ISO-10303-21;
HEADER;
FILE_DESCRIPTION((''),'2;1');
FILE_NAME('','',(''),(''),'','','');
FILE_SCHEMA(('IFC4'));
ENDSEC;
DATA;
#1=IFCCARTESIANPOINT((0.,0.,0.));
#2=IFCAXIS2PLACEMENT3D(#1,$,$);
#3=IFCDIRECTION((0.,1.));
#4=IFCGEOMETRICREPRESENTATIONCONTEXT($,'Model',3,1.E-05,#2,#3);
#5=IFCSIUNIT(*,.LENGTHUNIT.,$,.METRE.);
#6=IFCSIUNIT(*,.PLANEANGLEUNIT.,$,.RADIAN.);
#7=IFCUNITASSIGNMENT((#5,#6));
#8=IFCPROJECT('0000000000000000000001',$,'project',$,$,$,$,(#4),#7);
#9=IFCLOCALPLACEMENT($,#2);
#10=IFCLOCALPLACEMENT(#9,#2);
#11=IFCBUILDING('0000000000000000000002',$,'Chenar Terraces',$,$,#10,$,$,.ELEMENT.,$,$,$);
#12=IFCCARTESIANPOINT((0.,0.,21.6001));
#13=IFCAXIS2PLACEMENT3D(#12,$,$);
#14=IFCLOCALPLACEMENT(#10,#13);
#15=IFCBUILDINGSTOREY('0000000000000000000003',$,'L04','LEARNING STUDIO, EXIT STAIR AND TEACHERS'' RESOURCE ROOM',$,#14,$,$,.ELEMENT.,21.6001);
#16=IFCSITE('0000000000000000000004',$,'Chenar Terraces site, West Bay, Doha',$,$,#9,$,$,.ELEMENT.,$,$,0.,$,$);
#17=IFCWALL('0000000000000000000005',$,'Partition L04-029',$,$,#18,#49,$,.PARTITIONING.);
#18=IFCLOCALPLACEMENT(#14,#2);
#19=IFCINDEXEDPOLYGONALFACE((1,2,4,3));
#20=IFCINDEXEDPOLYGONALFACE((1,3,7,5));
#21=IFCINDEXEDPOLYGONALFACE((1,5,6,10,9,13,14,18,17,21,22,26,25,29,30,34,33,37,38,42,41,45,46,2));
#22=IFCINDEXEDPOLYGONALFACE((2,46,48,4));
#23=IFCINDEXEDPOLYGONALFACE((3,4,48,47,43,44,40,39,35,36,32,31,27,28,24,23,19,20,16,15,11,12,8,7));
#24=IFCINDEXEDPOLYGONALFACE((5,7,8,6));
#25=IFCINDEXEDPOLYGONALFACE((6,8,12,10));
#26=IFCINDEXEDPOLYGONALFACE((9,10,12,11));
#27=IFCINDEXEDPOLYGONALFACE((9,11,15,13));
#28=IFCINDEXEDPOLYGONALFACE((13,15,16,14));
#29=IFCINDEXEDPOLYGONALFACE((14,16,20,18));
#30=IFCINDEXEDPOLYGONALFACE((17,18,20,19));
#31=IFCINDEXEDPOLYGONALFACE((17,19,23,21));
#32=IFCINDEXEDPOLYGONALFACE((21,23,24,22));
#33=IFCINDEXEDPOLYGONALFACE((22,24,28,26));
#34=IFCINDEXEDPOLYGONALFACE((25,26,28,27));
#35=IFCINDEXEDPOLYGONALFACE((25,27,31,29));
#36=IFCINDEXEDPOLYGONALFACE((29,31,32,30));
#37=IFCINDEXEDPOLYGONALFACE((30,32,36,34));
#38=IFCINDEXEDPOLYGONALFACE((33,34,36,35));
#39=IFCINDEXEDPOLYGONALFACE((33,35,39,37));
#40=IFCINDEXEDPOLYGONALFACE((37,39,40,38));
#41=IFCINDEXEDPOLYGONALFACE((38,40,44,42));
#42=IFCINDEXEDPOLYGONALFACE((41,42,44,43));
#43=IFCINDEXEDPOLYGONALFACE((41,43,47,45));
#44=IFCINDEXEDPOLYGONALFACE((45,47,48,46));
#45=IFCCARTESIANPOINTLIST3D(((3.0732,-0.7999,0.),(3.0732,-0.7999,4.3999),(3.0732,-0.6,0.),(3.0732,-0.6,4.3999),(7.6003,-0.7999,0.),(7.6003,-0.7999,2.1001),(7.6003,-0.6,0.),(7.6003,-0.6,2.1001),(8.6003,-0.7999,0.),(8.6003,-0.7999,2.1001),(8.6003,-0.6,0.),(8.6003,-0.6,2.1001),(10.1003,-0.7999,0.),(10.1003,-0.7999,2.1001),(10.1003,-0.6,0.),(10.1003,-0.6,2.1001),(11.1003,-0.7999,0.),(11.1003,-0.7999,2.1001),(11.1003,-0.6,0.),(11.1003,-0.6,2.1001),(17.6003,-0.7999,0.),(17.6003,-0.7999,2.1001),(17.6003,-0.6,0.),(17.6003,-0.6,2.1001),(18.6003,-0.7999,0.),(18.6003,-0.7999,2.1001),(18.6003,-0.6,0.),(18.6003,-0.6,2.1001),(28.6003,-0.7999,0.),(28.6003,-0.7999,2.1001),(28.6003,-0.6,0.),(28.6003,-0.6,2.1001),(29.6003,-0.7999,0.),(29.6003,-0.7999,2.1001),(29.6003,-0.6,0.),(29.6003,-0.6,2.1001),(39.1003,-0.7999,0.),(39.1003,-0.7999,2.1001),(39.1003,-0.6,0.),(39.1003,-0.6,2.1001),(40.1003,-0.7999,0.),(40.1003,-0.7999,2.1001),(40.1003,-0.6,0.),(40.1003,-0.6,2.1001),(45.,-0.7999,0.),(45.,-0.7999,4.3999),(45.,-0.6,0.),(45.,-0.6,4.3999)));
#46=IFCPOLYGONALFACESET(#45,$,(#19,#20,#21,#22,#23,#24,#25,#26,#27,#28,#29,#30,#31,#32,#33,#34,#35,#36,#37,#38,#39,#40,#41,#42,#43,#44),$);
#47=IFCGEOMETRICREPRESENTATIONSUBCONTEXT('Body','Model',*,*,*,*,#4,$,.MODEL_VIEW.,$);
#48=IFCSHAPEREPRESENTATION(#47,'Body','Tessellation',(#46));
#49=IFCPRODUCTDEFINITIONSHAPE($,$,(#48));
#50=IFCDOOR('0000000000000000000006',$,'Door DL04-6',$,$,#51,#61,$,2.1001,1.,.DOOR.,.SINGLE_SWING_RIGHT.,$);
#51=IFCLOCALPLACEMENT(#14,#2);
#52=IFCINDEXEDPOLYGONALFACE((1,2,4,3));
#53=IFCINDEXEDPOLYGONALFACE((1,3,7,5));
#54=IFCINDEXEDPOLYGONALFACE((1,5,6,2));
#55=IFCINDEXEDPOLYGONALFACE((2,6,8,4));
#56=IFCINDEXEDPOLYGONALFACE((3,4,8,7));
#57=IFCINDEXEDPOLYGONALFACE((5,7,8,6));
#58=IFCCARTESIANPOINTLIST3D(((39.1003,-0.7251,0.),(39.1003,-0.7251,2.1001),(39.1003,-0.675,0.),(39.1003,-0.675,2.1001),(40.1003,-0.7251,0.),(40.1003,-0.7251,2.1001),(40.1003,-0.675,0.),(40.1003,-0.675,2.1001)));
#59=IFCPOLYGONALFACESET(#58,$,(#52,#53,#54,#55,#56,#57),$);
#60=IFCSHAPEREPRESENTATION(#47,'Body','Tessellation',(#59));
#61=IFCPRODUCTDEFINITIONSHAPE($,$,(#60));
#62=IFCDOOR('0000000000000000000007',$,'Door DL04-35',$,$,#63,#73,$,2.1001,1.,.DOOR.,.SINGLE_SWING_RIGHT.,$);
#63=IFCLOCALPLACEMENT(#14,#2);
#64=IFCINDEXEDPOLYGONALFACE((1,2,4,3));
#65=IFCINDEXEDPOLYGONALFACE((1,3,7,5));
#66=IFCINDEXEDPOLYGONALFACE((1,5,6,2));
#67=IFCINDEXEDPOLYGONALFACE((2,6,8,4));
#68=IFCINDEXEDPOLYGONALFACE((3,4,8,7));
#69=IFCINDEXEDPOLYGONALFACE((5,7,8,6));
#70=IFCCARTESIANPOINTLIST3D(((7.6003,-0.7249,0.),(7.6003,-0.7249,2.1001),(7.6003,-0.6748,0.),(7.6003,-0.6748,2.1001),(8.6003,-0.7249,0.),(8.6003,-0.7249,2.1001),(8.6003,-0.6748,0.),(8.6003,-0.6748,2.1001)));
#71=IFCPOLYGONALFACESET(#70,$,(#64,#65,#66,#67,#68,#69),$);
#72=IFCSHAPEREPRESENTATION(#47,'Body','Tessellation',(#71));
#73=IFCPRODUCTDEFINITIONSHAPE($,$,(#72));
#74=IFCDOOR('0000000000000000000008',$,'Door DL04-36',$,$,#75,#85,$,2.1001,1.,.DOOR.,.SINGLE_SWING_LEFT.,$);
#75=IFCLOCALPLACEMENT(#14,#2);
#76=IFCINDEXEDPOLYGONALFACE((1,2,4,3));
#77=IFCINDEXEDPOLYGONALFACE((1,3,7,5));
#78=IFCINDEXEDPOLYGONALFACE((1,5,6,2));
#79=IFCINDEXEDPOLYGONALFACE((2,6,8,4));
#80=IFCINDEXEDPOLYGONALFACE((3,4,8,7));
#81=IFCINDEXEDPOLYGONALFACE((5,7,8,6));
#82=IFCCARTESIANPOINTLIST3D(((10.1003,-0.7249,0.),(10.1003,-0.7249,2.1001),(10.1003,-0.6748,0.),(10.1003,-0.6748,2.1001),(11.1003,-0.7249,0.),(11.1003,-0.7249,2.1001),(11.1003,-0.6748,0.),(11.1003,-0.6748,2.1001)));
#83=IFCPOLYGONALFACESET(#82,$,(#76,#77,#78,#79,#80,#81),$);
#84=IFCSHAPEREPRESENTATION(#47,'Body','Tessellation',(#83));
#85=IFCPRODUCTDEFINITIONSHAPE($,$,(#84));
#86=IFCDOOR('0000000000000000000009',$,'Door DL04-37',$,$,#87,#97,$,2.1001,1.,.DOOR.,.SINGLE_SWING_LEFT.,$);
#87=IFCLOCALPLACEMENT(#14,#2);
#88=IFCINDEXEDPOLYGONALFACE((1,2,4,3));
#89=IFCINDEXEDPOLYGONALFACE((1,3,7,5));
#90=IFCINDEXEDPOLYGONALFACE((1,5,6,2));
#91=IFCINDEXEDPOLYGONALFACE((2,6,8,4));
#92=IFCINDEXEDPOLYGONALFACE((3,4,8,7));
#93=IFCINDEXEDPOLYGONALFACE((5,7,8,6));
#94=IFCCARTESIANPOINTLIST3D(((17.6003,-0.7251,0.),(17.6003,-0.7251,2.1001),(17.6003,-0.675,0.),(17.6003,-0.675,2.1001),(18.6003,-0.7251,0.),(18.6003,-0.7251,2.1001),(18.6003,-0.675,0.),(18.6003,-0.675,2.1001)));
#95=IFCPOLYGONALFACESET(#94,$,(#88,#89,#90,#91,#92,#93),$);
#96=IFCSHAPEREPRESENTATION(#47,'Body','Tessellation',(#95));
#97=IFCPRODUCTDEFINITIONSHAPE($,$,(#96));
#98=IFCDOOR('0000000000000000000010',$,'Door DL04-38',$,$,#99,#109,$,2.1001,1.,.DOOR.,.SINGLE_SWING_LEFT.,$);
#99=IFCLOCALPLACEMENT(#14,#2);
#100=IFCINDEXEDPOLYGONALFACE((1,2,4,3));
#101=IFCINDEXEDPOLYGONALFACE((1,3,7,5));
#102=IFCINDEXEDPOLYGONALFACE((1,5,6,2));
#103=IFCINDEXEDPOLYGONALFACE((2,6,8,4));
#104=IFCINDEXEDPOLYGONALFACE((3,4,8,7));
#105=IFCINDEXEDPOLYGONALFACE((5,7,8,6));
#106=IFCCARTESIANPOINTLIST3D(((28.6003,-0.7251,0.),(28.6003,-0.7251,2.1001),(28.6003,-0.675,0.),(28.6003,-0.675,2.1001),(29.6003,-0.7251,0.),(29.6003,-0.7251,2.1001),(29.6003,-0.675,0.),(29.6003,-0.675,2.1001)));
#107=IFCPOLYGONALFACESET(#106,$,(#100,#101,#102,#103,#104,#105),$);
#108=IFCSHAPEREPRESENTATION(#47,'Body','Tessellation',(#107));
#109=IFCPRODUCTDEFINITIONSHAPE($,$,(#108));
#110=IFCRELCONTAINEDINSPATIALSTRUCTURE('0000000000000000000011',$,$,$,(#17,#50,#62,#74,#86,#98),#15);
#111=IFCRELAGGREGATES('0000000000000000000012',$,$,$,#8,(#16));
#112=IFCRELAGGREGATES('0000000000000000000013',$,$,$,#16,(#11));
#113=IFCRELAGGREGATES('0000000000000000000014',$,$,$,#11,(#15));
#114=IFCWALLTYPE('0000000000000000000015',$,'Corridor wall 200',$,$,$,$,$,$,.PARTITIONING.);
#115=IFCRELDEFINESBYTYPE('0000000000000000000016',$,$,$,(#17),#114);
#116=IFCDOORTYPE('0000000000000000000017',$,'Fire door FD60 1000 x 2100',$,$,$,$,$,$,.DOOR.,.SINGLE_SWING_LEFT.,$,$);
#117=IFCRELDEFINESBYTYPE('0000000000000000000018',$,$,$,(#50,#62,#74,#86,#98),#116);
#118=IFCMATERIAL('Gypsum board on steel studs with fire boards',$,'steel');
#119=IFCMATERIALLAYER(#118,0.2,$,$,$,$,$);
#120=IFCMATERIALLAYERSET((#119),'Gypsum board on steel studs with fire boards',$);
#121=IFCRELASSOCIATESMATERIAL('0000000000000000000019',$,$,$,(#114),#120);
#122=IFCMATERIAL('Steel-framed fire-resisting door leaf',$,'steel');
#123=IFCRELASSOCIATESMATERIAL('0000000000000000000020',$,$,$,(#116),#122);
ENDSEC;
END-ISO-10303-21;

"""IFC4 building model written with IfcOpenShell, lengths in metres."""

from ifc_helpers import new_model, si_unit, direction, frame, frame_2d, origin, place, context, subcontext, project, spatial, rectangle, extrude, material, layer, layer_set, type_object, element, fill, save


model = new_model("IFC4")

# Units and contexts
model_context = context("Model", 3, precision=1e-05, world=origin(), true_north=direction((0.0, 1.0)))
body_context = subcontext(model_context, "Body", "Model", "MODEL_VIEW")
ifc_project = project(units=[si_unit("LENGTHUNIT", "METRE"), si_unit("PLANEANGLEUNIT", "RADIAN")], contexts=[model_context])

# Site, building, storey
site_placement = place(None, origin())
site = spatial("IfcSite", under=ifc_project, at=site_placement, Name="Chenar Terraces site, West Bay, Doha", CompositionType="ELEMENT", RefElevation=0.0)
building_placement = place(site_placement, origin())
building = spatial("IfcBuilding", under=site, at=building_placement, Name="Chenar Terraces", CompositionType="ELEMENT")
storey_placement = place(building_placement, frame((0.0, 0.0, 21.6001)))
storey = spatial("IfcBuildingStorey", under=building, at=storey_placement, Name="L04", Description="LEARNING STUDIO, EXIT STAIR AND TEACHERS' RESOURCE ROOM", CompositionType="ELEMENT", Elevation=21.6001)

# Wall, openings, doors
ifc_material_1 = material(Name="Gypsum board on steel studs with fire boards", Category="steel")
ifc_layer_1 = layer(ifc_material_1, 0.2)
ifc_layer_set_1 = layer_set([ifc_layer_1], Name="Gypsum board on steel studs with fire boards")
wall_type_1 = type_object("IfcWallType", Name="Corridor wall 200", PredefinedType="PARTITIONING", material=ifc_layer_set_1)
wall_1_placement = place(storey_placement, frame((3.0732, -0.7, 0.0), z_axis=(0.0, 0.0, 1.0), x_axis=(1.0, 0.0, 0.0)))
wall_1 = element("IfcWall", 1, at=wall_1_placement, inside=storey, type_object=wall_type_1, Name="Partition L04-029", PredefinedType="PARTITIONING", context=body_context, shape_type="SweptSolid", body=[
    extrude(rectangle(XDim=41.9268, YDim=0.2, at=frame_2d((20.9634, 0.0))), origin(), (0.0, 0.0, 1.0), 4.3999),
])
opening_1_placement = place(wall_1_placement, frame((36.0271, 0.0, 0.0)))
opening_1 = element("IfcOpeningElement", 2, at=opening_1_placement, cuts=wall_1, PredefinedType="OPENING", context=body_context, shape_type="SweptSolid", body=[
    extrude(rectangle(XDim=1.0, YDim=2.1001, at=frame_2d((0.5, 1.05))), frame((0.0, 0.1099, 0.0), z_axis=(0.0, -1.0, 0.0), x_axis=(1.0, 0.0, 0.0)), (0.0, 0.0, 1.0), 0.22),
])
opening_2_placement = place(wall_1_placement, frame((4.5271, 0.0, 0.0)))
opening_2 = element("IfcOpeningElement", 3, at=opening_2_placement, cuts=wall_1, PredefinedType="OPENING", context=body_context, shape_type="SweptSolid", body=[
    extrude(rectangle(XDim=1.0, YDim=2.1001, at=frame_2d((0.5, 1.05))), frame((0.0, 0.1099, 0.0), z_axis=(0.0, -1.0, 0.0), x_axis=(1.0, 0.0, 0.0)), (0.0, 0.0, 1.0), 0.22),
])
opening_3_placement = place(wall_1_placement, frame((7.0271, 0.0, 0.0)))
opening_3 = element("IfcOpeningElement", 4, at=opening_3_placement, cuts=wall_1, PredefinedType="OPENING", context=body_context, shape_type="SweptSolid", body=[
    extrude(rectangle(XDim=1.0, YDim=2.1001, at=frame_2d((0.5, 1.05))), frame((0.0, 0.1099, 0.0), z_axis=(0.0, -1.0, 0.0), x_axis=(1.0, 0.0, 0.0)), (0.0, 0.0, 1.0), 0.22),
])
opening_4_placement = place(wall_1_placement, frame((14.5271, 0.0, 0.0)))
opening_4 = element("IfcOpeningElement", 5, at=opening_4_placement, cuts=wall_1, PredefinedType="OPENING", context=body_context, shape_type="SweptSolid", body=[
    extrude(rectangle(XDim=1.0, YDim=2.1001, at=frame_2d((0.5, 1.05))), frame((0.0, 0.1099, 0.0), z_axis=(0.0, -1.0, 0.0), x_axis=(1.0, 0.0, 0.0)), (0.0, 0.0, 1.0), 0.22),
])
opening_5_placement = place(wall_1_placement, frame((25.5271, 0.0, 0.0)))
opening_5 = element("IfcOpeningElement", 6, at=opening_5_placement, cuts=wall_1, PredefinedType="OPENING", context=body_context, shape_type="SweptSolid", body=[
    extrude(rectangle(XDim=1.0, YDim=2.1001, at=frame_2d((0.5, 1.05))), frame((0.0, 0.1099, 0.0), z_axis=(0.0, -1.0, 0.0), x_axis=(1.0, 0.0, 0.0)), (0.0, 0.0, 1.0), 0.22),
])
ifc_material_2 = material(Name="Steel-framed fire-resisting door leaf", Category="steel")
door_type_1 = type_object("IfcDoorType", Name="Fire door FD60 1000 x 2100", OperationType="SINGLE_SWING_LEFT", PredefinedType="DOOR", material=ifc_material_2)
door_1_placement = place(opening_1_placement, origin())
door_1 = element("IfcDoor", 7, at=door_1_placement, inside=storey, type_object=door_type_1, Name="Door DL04-6", OperationType="SINGLE_SWING_RIGHT", OverallHeight=2.1001, OverallWidth=1.0, PredefinedType="DOOR", context=body_context, shape_type="SweptSolid", body=[
    extrude(rectangle(XDim=1.0, YDim=2.1001, at=frame_2d((0.5, 1.05))), frame((0.0, 0.0249, 0.0), z_axis=(0.0, -1.0, 0.0), x_axis=(1.0, 0.0, 0.0)), (0.0, 0.0, 1.0), 0.05),
])
fill(opening_1, door_1)
door_2_placement = place(opening_2_placement, frame((1.0, 0.0, 0.0), z_axis=(0.0, 0.0, 1.0), x_axis=(-1.0, 0.0, 0.0)))
door_2 = element("IfcDoor", 8, at=door_2_placement, inside=storey, type_object=door_type_1, Name="Door DL04-35", OperationType="SINGLE_SWING_RIGHT", OverallHeight=2.1001, OverallWidth=1.0, PredefinedType="DOOR", context=body_context, shape_type="SweptSolid", body=[
    extrude(rectangle(XDim=1.0, YDim=2.1001, at=frame_2d((0.5, 1.05))), frame((0.0, 0.0249, 0.0), z_axis=(0.0, -1.0, 0.0), x_axis=(1.0, 0.0, 0.0)), (0.0, 0.0, 1.0), 0.05),
])
fill(opening_2, door_2)
door_3_placement = place(opening_3_placement, frame((1.0, 0.0, 0.0), z_axis=(0.0, 0.0, 1.0), x_axis=(-1.0, 0.0, 0.0)))
door_3 = element("IfcDoor", 9, at=door_3_placement, inside=storey, type_object=door_type_1, Name="Door DL04-36", OperationType="SINGLE_SWING_LEFT", OverallHeight=2.1001, OverallWidth=1.0, PredefinedType="DOOR", context=body_context, shape_type="SweptSolid", body=[
    extrude(rectangle(XDim=1.0, YDim=2.1001, at=frame_2d((0.5, 1.05))), frame((0.0, 0.0249, 0.0), z_axis=(0.0, -1.0, 0.0), x_axis=(1.0, 0.0, 0.0)), (0.0, 0.0, 1.0), 0.05),
])
fill(opening_3, door_3)
door_4_placement = place(opening_4_placement, origin())
door_4 = element("IfcDoor", 10, at=door_4_placement, inside=storey, type_object=door_type_1, Name="Door DL04-37", OperationType="SINGLE_SWING_LEFT", OverallHeight=2.1001, OverallWidth=1.0, PredefinedType="DOOR", context=body_context, shape_type="SweptSolid", body=[
    extrude(rectangle(XDim=1.0, YDim=2.1001, at=frame_2d((0.5, 1.05))), frame((0.0, 0.0249, 0.0), z_axis=(0.0, -1.0, 0.0), x_axis=(1.0, 0.0, 0.0)), (0.0, 0.0, 1.0), 0.05),
])
fill(opening_4, door_4)
door_5_placement = place(opening_5_placement, origin())
door_5 = element("IfcDoor", 11, at=door_5_placement, inside=storey, type_object=door_type_1, Name="Door DL04-38", OperationType="SINGLE_SWING_LEFT", OverallHeight=2.1001, OverallWidth=1.0, PredefinedType="DOOR", context=body_context, shape_type="SweptSolid", body=[
    extrude(rectangle(XDim=1.0, YDim=2.1001, at=frame_2d((0.5, 1.05))), frame((0.0, 0.0249, 0.0), z_axis=(0.0, -1.0, 0.0), x_axis=(1.0, 0.0, 0.0)), (0.0, 0.0, 1.0), 0.05),
])
fill(opening_5, door_5)

save(model, "model.ifc")
